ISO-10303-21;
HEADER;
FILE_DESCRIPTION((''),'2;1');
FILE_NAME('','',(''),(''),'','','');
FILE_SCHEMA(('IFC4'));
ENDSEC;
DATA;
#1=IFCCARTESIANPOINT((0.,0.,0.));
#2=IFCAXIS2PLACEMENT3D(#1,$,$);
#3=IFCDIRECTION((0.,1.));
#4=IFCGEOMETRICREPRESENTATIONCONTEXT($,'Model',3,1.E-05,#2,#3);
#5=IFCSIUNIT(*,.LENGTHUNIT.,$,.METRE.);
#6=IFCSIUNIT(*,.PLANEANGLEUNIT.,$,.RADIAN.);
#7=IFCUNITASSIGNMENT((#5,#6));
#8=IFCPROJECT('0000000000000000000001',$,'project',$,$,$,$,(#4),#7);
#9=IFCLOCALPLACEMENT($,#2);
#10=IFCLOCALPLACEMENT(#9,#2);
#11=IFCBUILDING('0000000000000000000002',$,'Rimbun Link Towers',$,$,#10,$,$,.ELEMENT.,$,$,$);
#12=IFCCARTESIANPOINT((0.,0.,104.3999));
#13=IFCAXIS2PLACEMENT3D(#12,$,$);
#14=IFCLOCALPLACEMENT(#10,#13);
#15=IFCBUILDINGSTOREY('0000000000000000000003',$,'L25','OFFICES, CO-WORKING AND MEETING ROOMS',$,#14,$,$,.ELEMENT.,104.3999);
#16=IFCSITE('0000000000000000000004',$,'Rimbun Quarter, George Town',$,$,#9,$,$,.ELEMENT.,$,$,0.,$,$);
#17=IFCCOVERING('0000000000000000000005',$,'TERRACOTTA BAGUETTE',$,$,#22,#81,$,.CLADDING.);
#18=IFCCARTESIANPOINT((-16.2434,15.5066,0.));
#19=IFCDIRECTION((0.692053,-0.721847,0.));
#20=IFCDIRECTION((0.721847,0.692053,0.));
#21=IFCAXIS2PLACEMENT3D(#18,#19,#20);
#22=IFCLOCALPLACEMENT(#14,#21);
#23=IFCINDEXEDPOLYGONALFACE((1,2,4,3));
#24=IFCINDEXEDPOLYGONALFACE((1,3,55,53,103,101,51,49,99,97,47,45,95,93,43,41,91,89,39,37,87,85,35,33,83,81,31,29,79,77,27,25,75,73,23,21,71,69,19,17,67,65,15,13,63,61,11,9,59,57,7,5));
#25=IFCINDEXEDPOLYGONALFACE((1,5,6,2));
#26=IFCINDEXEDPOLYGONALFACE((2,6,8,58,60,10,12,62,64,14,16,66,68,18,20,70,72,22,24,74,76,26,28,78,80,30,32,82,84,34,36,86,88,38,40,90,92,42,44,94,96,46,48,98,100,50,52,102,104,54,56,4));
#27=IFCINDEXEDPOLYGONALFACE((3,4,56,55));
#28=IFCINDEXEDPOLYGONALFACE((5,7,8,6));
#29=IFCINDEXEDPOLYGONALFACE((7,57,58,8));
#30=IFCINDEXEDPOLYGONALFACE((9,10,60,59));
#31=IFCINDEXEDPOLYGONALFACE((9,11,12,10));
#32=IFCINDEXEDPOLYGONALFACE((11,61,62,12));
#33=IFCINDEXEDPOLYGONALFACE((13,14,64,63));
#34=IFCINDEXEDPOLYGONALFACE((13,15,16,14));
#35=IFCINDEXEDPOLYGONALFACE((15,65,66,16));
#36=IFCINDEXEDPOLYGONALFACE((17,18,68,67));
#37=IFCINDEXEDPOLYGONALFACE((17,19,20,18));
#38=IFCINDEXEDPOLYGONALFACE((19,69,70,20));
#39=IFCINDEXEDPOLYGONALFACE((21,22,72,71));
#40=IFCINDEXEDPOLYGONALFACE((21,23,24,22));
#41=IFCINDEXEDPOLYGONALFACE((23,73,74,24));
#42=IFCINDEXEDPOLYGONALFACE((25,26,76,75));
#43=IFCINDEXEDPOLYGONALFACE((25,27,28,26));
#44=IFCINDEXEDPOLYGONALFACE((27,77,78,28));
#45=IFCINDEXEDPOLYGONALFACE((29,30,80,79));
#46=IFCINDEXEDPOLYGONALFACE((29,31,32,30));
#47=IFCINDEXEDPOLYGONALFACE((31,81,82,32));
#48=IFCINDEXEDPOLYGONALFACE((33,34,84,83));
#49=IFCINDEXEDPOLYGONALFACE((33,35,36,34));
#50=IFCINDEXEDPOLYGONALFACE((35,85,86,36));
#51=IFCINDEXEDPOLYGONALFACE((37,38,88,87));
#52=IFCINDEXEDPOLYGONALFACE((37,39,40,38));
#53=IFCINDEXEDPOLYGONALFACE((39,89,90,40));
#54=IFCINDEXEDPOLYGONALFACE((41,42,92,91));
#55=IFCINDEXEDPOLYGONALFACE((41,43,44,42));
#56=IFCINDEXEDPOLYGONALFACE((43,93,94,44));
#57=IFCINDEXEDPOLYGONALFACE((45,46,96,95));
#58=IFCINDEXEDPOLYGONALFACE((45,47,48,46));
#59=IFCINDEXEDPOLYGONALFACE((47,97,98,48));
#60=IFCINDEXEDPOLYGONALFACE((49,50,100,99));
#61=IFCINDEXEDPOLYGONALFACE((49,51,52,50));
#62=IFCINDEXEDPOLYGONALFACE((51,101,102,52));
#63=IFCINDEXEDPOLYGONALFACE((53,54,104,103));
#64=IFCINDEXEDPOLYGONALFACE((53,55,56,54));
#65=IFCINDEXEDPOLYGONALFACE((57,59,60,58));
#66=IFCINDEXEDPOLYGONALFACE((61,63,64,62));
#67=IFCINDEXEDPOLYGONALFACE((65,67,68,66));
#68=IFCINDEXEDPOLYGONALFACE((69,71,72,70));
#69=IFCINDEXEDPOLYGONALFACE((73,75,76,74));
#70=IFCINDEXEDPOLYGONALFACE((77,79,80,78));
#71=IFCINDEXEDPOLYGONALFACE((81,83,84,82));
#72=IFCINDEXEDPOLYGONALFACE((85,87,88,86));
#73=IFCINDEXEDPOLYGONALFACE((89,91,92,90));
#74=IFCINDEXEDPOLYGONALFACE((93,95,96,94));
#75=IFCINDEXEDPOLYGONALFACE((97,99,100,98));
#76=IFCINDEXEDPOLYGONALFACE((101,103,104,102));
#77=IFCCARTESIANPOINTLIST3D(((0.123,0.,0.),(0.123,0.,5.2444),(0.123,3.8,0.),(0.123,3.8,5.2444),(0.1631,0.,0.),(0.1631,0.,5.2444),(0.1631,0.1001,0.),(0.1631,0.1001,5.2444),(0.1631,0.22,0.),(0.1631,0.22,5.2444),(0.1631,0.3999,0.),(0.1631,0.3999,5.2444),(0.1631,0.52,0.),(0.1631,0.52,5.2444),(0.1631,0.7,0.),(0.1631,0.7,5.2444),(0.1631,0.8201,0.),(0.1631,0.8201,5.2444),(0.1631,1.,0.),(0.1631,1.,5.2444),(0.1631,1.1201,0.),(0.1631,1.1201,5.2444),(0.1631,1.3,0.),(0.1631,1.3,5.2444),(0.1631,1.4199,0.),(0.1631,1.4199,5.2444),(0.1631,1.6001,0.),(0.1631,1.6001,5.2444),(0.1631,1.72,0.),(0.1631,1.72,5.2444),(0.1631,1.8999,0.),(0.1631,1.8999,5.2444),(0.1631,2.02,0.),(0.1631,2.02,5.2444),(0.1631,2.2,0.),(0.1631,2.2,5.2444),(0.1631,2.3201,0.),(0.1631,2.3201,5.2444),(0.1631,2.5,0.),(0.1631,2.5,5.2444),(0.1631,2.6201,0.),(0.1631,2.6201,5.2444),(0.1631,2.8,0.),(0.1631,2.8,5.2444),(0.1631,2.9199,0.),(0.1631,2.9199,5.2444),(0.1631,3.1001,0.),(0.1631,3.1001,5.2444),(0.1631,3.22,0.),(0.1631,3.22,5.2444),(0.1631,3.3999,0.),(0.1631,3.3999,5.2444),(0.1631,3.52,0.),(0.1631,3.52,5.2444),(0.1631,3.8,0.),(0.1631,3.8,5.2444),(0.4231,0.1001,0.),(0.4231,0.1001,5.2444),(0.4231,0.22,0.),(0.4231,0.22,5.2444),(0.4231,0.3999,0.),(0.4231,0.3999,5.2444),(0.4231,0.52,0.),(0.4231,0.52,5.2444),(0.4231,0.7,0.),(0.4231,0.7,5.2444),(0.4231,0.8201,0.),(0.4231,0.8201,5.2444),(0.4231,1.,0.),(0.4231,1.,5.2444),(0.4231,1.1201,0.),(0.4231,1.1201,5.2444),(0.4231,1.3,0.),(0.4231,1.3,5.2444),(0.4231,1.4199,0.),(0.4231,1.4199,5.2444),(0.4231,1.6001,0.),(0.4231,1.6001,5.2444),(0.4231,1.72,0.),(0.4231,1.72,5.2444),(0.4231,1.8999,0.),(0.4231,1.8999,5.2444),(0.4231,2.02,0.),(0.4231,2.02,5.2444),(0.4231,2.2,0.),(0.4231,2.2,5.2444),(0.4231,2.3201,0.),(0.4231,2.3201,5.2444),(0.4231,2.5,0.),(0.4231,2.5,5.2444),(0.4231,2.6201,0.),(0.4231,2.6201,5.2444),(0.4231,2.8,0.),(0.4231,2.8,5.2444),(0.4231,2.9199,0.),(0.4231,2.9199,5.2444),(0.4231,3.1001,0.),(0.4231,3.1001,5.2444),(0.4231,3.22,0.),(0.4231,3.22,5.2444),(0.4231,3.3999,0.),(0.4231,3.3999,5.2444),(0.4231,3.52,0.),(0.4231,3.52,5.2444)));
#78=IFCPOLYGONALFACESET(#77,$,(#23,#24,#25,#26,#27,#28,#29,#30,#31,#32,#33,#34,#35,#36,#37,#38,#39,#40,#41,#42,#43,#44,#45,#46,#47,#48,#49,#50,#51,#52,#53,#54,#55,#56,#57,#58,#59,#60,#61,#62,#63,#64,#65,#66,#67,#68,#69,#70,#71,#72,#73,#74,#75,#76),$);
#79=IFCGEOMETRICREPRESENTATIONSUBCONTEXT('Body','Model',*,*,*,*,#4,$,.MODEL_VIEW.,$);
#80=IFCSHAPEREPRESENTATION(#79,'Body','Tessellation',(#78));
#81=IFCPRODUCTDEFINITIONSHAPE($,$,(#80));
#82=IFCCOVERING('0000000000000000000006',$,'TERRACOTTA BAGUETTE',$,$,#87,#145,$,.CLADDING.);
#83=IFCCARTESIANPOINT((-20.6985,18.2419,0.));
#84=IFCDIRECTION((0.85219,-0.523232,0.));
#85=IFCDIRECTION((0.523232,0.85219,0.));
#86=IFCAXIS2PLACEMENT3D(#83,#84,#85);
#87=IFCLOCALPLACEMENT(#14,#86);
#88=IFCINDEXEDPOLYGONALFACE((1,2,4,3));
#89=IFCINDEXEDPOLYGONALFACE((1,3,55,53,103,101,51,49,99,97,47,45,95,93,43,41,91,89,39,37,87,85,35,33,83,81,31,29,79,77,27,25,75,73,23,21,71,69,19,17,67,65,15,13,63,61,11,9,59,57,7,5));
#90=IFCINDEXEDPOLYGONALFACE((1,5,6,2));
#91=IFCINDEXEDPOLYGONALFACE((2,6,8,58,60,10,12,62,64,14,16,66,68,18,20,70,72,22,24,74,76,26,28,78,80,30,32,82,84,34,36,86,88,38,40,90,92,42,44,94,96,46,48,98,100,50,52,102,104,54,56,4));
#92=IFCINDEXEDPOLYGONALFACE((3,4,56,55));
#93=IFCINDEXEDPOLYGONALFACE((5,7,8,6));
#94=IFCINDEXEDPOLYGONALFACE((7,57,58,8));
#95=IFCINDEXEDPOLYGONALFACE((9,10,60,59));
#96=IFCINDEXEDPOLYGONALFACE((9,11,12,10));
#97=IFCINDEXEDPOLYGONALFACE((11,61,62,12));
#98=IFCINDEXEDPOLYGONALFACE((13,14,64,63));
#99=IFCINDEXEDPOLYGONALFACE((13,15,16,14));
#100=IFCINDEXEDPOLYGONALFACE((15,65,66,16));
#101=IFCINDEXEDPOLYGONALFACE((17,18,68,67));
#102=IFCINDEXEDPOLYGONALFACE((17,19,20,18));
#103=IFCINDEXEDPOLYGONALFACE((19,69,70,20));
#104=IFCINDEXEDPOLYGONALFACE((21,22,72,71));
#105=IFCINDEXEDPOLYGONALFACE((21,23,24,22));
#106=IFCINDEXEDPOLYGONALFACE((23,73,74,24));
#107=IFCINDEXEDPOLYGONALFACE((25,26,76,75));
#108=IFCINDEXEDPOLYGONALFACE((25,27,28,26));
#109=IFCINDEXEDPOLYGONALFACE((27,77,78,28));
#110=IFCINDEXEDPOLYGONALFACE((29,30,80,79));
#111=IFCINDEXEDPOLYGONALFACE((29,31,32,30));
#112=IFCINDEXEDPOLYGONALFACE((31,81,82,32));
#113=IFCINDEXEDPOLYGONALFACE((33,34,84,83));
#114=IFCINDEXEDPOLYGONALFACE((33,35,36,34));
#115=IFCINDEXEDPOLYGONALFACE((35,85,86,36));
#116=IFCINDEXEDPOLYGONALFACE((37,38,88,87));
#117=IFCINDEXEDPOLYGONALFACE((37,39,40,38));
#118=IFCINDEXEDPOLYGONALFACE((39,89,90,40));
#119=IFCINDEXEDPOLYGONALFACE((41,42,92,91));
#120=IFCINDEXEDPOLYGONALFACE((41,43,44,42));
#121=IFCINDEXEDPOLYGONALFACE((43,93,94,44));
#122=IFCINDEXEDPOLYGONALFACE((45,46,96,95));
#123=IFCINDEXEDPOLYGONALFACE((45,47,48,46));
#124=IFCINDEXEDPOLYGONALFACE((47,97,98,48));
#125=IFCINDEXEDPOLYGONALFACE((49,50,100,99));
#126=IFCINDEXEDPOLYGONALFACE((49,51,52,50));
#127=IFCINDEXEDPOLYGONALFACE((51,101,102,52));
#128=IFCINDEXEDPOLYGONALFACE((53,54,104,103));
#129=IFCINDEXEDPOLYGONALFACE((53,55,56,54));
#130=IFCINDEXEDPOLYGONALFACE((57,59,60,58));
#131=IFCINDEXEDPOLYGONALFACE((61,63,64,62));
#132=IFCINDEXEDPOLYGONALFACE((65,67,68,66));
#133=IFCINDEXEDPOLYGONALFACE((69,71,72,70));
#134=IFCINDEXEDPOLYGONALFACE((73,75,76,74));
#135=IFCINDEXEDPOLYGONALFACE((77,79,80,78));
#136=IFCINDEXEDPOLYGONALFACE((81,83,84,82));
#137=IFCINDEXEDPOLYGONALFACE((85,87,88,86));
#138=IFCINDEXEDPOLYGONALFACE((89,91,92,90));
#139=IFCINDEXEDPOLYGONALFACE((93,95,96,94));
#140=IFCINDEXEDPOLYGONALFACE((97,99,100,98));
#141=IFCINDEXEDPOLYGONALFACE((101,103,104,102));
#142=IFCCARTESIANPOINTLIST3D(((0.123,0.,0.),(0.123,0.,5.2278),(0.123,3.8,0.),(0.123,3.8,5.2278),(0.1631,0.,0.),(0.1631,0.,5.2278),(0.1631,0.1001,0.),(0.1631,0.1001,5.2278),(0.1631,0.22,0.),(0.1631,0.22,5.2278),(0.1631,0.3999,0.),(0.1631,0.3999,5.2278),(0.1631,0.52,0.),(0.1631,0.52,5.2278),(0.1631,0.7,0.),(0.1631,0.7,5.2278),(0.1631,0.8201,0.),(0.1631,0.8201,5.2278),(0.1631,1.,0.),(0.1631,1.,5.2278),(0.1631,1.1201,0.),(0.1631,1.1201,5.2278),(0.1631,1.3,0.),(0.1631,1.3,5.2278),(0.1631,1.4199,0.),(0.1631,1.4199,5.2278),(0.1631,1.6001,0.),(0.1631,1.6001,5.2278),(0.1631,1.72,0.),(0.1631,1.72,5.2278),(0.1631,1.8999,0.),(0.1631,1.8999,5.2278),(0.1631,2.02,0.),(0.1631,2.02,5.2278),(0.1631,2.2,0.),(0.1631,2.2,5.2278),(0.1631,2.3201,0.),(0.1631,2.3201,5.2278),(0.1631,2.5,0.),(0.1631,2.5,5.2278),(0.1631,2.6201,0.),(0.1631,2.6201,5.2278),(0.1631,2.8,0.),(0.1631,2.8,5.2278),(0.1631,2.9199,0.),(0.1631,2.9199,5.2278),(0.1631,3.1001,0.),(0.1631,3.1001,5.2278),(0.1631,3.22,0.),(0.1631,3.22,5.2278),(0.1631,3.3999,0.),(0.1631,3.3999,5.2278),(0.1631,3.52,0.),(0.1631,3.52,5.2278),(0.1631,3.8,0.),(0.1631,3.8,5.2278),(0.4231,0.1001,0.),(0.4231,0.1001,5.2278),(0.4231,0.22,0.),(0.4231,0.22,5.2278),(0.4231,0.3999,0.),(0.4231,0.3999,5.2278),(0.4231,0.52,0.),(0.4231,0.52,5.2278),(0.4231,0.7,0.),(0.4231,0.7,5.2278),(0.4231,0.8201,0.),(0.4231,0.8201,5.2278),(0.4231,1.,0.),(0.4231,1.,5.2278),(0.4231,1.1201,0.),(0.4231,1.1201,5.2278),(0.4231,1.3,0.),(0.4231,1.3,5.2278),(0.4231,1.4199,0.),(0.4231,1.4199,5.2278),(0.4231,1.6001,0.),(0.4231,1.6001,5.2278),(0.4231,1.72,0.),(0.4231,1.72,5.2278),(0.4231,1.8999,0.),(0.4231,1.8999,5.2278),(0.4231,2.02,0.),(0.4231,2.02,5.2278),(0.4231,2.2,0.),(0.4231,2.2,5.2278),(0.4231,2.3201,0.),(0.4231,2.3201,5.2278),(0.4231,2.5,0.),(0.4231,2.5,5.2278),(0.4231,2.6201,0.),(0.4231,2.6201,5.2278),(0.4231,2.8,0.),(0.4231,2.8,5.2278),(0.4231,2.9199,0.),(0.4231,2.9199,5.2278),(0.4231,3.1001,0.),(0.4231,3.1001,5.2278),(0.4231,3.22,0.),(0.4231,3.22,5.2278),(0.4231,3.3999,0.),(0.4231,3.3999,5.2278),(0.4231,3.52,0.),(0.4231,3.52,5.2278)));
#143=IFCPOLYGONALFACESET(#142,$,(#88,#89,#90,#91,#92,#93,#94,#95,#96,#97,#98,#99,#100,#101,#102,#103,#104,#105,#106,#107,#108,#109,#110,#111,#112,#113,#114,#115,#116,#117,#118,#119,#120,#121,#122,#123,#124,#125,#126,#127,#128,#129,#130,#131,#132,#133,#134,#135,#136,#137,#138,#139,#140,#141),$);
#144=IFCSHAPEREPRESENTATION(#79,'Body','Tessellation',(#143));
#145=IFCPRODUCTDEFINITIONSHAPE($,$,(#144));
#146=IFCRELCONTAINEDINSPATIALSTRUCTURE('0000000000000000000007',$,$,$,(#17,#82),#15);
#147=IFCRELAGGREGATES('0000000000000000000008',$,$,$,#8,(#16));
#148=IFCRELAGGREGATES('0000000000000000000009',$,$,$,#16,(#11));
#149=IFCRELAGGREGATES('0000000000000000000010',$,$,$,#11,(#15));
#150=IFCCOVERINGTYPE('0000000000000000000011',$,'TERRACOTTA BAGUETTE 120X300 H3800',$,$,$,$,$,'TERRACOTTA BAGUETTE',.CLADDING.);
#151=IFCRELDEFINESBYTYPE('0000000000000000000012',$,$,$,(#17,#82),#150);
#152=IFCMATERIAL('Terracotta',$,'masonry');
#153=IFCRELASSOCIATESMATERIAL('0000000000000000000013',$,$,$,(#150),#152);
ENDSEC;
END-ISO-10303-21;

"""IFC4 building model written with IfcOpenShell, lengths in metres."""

from ifc_helpers import new_model, si_unit, direction, frame, origin, place, context, subcontext, project, spatial, polyline, outline, extrude, material, material_profile, profile_set, type_object, element, save


model = new_model("IFC4")

# Units and contexts
model_context = context("Model", 3, precision=1e-05, world=origin(), true_north=direction((0.0, 1.0)))
body_context = subcontext(model_context, "Body", "Model", "MODEL_VIEW")
ifc_project = project(units=[si_unit("LENGTHUNIT", "METRE"), si_unit("PLANEANGLEUNIT", "RADIAN")], contexts=[model_context])

# Site, building, storey
site_placement = place(None, origin())
site = spatial("IfcSite", under=ifc_project, at=site_placement, Name="Rimbun Quarter, George Town", CompositionType="ELEMENT", RefElevation=0.0)
building_placement = place(site_placement, origin())
building = spatial("IfcBuilding", under=site, at=building_placement, Name="Rimbun Link Towers", CompositionType="ELEMENT")
storey_placement = place(building_placement, frame((0.0, 0.0, 104.3999)))
storey = spatial("IfcBuildingStorey", under=building, at=storey_placement, Name="L25", Description="OFFICES, CO-WORKING AND MEETING ROOMS", CompositionType="ELEMENT", Elevation=104.3999)

# Coverings
ifc_material_1 = material(Name="Terracotta", Category="masonry")
ifc_material_profile_1 = material_profile(ifc_material_1, outline(polyline([(0.123, 0.0), (0.1631, 0.0), (0.1631, 0.1001), (0.4231, 0.1001), (0.4231, 0.22), (0.1631, 0.22), (0.1631, 0.3999), (0.4231, 0.3999), (0.4231, 0.52), (0.1631, 0.52), (0.1631, 0.7), (0.4231, 0.7), (0.4231, 0.8201), (0.1631, 0.8201), (0.1631, 1.0), (0.4231, 1.0), (0.4231, 1.1201), (0.1631, 1.1201), (0.1631, 1.3), (0.4231, 1.3), (0.4231, 1.4199), (0.1631, 1.4199), (0.1631, 1.6001), (0.4231, 1.6001), (0.4231, 1.72), (0.1631, 1.72), (0.1631, 1.8999), (0.4231, 1.8999), (0.4231, 2.02), (0.1631, 2.02), (0.1631, 2.2), (0.4231, 2.2), (0.4231, 2.3201), (0.1631, 2.3201), (0.1631, 2.5), (0.4231, 2.5), (0.4231, 2.6201), (0.1631, 2.6201), (0.1631, 2.8), (0.4231, 2.8), (0.4231, 2.9199), (0.1631, 2.9199), (0.1631, 3.1001), (0.4231, 3.1001), (0.4231, 3.22), (0.1631, 3.22), (0.1631, 3.3999), (0.4231, 3.3999), (0.4231, 3.52), (0.1631, 3.52), (0.1631, 3.8), (0.123, 3.8), (0.123, 0.0)])), Name="BAGUETTE 120X300")
ifc_profile_set_1 = profile_set([ifc_material_profile_1], Name="Terracotta")
covering_type = type_object("IfcCoveringType", Name="TERRACOTTA BAGUETTE 120X300 H3800", ElementType="TERRACOTTA BAGUETTE", PredefinedType="CLADDING", material=ifc_profile_set_1)
covering_1_placement = place(storey_placement, frame((-16.2434, 15.5066, 0.0), z_axis=(0.692053, -0.721847, 0.0), x_axis=(0.721847, 0.692053, 0.0)))
element("IfcCovering", 1, at=covering_1_placement, inside=storey, type_object=covering_type, Name="TERRACOTTA BAGUETTE", PredefinedType="CLADDING", context=body_context, shape_type="SweptSolid", body=[
    extrude(outline(polyline([(0.123, 0.0), (0.1631, 0.0), (0.1631, 0.1001), (0.4231, 0.1001), (0.4231, 0.22), (0.1631, 0.22), (0.1631, 0.3999), (0.4231, 0.3999), (0.4231, 0.52), (0.1631, 0.52), (0.1631, 0.7), (0.4231, 0.7), (0.4231, 0.8201), (0.1631, 0.8201), (0.1631, 1.0), (0.4231, 1.0), (0.4231, 1.1201), (0.1631, 1.1201), (0.1631, 1.3), (0.4231, 1.3), (0.4231, 1.4199), (0.1631, 1.4199), (0.1631, 1.6001), (0.4231, 1.6001), (0.4231, 1.72), (0.1631, 1.72), (0.1631, 1.8999), (0.4231, 1.8999), (0.4231, 2.02), (0.1631, 2.02), (0.1631, 2.2), (0.4231, 2.2), (0.4231, 2.3201), (0.1631, 2.3201), (0.1631, 2.5), (0.4231, 2.5), (0.4231, 2.6201), (0.1631, 2.6201), (0.1631, 2.8), (0.4231, 2.8), (0.4231, 2.9199), (0.1631, 2.9199), (0.1631, 3.1001), (0.4231, 3.1001), (0.4231, 3.22), (0.1631, 3.22), (0.1631, 3.3999), (0.4231, 3.3999), (0.4231, 3.52), (0.1631, 3.52), (0.1631, 3.8), (0.123, 3.8), (0.123, 0.0)])), origin(), (0.0, 0.0, 1.0), 5.2444),
])
covering_2_placement = place(storey_placement, frame((-20.6985, 18.2419, 0.0), z_axis=(0.85219, -0.523232, 0.0), x_axis=(0.523232, 0.85219, 0.0)))
element("IfcCovering", 2, at=covering_2_placement, inside=storey, type_object=covering_type, Name="TERRACOTTA BAGUETTE", PredefinedType="CLADDING", context=body_context, shape_type="SweptSolid", body=[
    extrude(outline(polyline([(0.123, 0.0), (0.1631, 0.0), (0.1631, 0.1001), (0.4231, 0.1001), (0.4231, 0.22), (0.1631, 0.22), (0.1631, 0.3999), (0.4231, 0.3999), (0.4231, 0.52), (0.1631, 0.52), (0.1631, 0.7), (0.4231, 0.7), (0.4231, 0.8201), (0.1631, 0.8201), (0.1631, 1.0), (0.4231, 1.0), (0.4231, 1.1201), (0.1631, 1.1201), (0.1631, 1.3), (0.4231, 1.3), (0.4231, 1.4199), (0.1631, 1.4199), (0.1631, 1.6001), (0.4231, 1.6001), (0.4231, 1.72), (0.1631, 1.72), (0.1631, 1.8999), (0.4231, 1.8999), (0.4231, 2.02), (0.1631, 2.02), (0.1631, 2.2), (0.4231, 2.2), (0.4231, 2.3201), (0.1631, 2.3201), (0.1631, 2.5), (0.4231, 2.5), (0.4231, 2.6201), (0.1631, 2.6201), (0.1631, 2.8), (0.4231, 2.8), (0.4231, 2.9199), (0.1631, 2.9199), (0.1631, 3.1001), (0.4231, 3.1001), (0.4231, 3.22), (0.1631, 3.22), (0.1631, 3.3999), (0.4231, 3.3999), (0.4231, 3.52), (0.1631, 3.52), (0.1631, 3.8), (0.123, 3.8), (0.123, 0.0)])), origin(), (0.0, 0.0, 1.0), 5.2278),
])

save(model, "model.ifc")
